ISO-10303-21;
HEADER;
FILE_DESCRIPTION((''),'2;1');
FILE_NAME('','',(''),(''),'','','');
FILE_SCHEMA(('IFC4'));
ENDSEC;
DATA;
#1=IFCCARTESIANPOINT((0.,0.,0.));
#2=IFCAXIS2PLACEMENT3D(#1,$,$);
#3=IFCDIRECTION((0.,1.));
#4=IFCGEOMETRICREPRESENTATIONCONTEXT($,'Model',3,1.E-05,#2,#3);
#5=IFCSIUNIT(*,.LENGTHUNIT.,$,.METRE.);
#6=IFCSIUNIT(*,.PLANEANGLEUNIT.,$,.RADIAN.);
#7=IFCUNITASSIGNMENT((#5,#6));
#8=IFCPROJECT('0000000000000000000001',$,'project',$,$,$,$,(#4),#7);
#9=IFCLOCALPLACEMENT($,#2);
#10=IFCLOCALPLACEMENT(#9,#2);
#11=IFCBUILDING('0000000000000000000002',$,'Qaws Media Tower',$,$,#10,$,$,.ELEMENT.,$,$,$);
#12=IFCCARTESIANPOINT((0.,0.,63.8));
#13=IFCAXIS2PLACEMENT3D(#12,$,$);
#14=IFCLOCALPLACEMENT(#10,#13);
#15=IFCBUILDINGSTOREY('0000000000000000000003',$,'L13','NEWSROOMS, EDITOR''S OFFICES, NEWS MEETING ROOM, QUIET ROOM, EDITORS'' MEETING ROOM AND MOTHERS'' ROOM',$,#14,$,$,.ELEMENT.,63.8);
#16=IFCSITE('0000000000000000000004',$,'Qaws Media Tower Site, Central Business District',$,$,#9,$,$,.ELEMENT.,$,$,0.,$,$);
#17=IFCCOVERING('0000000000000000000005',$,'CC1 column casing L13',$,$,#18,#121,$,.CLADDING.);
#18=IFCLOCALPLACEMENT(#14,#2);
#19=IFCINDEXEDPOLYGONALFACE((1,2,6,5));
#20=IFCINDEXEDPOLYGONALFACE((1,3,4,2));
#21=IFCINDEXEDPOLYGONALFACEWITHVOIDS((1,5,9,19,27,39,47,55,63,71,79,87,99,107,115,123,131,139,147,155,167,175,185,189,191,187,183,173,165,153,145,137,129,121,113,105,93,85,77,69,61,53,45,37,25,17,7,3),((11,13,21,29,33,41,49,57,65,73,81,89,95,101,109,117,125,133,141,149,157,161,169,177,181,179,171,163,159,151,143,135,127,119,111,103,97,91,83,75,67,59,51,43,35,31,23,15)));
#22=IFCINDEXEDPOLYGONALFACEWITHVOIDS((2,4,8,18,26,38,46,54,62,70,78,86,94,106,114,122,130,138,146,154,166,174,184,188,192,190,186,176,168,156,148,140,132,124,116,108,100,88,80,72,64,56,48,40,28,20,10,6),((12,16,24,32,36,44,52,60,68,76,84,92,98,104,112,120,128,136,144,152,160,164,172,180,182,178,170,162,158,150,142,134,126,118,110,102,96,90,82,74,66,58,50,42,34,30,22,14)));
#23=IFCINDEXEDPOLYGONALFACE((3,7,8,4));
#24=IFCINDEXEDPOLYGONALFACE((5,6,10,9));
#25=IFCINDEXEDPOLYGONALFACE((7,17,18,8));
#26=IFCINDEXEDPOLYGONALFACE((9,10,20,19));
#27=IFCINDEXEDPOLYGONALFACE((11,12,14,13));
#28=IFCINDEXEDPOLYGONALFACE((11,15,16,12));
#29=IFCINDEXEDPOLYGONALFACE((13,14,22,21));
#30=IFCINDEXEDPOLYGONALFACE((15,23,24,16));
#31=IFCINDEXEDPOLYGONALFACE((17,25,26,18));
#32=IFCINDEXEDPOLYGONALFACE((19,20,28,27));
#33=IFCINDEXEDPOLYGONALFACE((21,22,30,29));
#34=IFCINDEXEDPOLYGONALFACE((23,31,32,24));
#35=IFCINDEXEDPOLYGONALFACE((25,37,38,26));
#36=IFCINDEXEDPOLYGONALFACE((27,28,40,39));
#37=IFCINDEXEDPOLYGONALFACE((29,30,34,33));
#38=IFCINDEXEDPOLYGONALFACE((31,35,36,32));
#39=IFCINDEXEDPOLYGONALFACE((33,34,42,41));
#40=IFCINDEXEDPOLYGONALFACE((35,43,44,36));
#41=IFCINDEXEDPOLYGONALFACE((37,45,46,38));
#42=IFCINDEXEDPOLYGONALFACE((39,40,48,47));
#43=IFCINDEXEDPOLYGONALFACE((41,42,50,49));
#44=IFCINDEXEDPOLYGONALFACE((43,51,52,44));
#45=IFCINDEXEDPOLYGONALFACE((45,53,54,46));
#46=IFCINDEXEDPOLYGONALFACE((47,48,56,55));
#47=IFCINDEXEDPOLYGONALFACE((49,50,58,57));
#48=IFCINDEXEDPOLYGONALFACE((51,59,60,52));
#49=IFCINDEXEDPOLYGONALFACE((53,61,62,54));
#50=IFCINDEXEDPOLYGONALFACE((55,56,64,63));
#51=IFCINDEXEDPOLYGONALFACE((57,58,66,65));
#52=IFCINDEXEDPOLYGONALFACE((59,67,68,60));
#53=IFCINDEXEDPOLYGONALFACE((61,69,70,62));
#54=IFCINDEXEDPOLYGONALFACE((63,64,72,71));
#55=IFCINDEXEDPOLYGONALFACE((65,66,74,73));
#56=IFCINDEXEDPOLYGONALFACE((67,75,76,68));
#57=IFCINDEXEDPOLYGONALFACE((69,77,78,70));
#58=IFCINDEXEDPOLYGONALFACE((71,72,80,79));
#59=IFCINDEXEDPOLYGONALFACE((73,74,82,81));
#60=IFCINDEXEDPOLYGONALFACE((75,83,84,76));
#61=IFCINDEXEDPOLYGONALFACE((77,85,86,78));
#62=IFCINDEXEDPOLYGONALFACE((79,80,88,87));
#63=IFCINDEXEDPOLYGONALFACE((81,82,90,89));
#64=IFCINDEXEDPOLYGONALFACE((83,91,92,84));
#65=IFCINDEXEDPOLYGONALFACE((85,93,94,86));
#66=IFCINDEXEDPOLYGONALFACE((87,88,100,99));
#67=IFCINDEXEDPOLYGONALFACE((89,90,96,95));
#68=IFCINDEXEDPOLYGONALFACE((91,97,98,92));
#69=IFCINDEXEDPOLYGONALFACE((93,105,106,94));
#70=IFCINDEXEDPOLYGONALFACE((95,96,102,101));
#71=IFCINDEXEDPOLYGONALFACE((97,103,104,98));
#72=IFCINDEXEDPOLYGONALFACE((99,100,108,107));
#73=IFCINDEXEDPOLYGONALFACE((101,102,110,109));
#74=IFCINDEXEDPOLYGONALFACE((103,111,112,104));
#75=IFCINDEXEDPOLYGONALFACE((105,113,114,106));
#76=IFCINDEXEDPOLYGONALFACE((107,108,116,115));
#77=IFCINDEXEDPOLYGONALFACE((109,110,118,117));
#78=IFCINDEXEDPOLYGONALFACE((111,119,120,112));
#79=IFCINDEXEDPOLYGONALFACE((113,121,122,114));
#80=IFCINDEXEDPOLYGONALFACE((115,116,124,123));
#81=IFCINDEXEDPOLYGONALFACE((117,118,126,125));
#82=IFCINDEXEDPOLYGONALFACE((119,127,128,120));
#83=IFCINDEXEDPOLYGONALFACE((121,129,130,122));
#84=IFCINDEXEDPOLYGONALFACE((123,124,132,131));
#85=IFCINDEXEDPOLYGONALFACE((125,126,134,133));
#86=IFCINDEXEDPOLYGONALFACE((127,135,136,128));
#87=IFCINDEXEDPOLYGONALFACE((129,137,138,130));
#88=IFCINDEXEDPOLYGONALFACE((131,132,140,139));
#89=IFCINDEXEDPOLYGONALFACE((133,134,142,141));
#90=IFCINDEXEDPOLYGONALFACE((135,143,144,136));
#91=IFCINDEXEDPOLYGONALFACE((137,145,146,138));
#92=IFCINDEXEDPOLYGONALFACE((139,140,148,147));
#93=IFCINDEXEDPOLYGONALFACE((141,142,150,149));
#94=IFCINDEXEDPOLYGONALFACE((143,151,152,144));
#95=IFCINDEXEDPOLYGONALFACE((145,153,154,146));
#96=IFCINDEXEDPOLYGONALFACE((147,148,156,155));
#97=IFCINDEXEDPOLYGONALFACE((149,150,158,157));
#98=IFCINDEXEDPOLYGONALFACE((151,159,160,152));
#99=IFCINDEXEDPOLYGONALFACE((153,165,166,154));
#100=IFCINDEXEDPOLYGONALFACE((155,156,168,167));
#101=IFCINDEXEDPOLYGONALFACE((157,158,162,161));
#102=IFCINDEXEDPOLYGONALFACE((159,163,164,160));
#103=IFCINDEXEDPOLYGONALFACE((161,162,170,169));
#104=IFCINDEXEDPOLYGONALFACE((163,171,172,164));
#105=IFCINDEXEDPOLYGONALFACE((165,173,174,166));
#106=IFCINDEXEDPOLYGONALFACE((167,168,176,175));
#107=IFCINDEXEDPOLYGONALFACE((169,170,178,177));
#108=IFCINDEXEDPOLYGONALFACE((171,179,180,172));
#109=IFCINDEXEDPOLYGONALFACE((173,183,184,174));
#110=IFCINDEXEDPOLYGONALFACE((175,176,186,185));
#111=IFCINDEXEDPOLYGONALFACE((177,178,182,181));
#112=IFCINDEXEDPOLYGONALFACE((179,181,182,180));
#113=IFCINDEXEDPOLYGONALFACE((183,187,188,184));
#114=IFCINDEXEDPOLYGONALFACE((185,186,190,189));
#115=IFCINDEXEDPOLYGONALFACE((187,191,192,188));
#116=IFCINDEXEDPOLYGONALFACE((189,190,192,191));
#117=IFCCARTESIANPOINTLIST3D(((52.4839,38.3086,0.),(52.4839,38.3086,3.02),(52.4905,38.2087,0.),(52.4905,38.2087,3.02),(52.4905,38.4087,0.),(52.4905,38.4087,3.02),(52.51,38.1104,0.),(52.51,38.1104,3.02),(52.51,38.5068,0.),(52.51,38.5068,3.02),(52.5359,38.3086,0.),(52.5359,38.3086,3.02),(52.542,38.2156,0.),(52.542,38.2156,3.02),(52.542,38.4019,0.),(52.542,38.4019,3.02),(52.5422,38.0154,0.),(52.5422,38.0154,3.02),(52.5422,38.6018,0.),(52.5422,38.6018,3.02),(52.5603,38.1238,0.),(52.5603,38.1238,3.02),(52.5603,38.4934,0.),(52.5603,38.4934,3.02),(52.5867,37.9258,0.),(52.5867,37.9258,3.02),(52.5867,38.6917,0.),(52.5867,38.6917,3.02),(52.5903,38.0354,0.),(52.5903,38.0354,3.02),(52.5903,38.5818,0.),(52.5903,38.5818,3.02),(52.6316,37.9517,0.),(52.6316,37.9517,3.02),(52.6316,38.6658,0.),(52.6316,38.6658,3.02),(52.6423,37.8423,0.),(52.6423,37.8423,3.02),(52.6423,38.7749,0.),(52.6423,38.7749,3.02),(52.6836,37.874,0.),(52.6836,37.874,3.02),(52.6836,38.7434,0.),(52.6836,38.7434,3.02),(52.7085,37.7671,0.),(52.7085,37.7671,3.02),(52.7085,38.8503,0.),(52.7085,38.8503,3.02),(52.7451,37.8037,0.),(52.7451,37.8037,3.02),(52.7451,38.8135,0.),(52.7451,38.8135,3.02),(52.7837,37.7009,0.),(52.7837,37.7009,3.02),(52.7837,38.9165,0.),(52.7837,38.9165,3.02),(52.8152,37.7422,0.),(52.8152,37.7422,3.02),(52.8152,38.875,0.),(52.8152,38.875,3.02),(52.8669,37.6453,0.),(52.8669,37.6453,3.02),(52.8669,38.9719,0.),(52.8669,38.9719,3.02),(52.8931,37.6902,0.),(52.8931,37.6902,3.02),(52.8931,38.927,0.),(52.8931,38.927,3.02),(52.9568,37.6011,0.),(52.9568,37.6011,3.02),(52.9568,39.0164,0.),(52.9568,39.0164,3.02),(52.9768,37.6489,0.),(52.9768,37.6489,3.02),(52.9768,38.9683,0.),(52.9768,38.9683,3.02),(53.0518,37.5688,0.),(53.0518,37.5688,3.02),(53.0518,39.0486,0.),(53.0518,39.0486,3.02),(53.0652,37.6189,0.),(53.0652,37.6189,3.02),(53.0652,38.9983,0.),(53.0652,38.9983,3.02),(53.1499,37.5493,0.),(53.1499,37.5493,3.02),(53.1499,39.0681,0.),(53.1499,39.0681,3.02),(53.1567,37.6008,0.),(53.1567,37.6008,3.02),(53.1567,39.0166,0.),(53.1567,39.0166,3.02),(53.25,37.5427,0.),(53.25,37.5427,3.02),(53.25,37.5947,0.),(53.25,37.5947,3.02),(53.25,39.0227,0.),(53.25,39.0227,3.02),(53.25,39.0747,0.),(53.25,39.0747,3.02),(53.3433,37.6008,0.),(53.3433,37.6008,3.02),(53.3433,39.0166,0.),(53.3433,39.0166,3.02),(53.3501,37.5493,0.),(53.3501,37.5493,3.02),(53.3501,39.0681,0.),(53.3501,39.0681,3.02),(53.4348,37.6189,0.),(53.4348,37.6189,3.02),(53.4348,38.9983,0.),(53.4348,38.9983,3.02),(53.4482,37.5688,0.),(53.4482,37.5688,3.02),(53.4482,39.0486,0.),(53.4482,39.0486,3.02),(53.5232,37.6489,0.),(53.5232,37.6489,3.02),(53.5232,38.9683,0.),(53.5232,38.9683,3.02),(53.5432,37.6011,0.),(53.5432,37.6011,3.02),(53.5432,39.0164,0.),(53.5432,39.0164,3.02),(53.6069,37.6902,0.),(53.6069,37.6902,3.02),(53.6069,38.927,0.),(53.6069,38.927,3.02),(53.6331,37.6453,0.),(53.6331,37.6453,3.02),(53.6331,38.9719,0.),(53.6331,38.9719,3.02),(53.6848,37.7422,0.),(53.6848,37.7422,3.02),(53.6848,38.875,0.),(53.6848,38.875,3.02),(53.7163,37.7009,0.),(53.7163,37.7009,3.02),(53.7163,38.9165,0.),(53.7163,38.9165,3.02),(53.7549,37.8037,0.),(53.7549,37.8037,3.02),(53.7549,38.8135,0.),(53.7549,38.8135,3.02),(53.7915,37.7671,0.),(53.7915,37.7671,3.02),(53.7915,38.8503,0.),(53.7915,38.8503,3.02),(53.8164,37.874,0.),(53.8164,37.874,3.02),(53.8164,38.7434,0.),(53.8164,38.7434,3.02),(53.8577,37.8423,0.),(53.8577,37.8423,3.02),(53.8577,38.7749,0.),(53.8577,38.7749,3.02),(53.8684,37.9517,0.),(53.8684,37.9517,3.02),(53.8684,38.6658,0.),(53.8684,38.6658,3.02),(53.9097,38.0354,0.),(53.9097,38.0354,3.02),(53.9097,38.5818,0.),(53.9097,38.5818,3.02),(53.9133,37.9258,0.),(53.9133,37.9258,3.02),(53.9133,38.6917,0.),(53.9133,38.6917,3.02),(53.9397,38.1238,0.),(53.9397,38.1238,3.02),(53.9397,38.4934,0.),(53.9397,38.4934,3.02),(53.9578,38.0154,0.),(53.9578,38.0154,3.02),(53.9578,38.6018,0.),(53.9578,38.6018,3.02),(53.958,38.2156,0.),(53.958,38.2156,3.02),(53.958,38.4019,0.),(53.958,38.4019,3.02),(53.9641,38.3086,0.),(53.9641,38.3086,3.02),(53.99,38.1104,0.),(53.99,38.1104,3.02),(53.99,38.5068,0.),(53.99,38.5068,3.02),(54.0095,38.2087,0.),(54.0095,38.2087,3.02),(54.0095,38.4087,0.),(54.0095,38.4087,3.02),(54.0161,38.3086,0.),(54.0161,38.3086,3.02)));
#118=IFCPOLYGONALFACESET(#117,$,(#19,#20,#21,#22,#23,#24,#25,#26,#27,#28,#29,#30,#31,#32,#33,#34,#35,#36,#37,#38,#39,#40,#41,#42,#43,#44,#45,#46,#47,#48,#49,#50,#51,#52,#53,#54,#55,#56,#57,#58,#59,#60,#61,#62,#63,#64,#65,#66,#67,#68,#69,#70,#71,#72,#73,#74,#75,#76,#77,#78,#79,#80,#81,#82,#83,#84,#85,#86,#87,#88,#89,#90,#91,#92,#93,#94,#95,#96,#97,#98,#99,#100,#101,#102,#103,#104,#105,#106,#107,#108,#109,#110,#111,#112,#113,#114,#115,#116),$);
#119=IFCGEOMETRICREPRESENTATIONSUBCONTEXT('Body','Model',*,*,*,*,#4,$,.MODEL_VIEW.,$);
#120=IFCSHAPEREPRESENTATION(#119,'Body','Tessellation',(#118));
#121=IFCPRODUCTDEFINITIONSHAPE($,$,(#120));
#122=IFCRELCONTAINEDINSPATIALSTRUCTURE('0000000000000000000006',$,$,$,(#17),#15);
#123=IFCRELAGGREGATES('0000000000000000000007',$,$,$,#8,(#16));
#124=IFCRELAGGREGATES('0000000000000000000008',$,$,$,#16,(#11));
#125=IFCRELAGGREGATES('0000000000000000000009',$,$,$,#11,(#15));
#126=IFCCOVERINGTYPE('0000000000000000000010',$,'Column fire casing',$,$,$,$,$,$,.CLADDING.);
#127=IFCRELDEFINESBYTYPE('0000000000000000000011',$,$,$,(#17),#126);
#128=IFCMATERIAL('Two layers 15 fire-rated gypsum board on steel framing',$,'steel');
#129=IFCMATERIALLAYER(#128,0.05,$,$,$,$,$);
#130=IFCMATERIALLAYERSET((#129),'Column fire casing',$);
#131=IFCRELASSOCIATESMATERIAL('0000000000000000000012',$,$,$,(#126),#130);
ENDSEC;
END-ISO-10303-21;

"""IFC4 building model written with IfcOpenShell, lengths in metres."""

from ifc_helpers import new_model, si_unit, direction, frame, origin, place, context, subcontext, project, spatial, polyline, outline, extrude, material, layer, layer_set, type_object, element, save


model = new_model("IFC4")

# Units and contexts
model_context = context("Model", 3, precision=1e-05, world=origin(), true_north=direction((0.0, 1.0)))
body_context = subcontext(model_context, "Body", "Model", "MODEL_VIEW")
ifc_project = project(units=[si_unit("LENGTHUNIT", "METRE"), si_unit("PLANEANGLEUNIT", "RADIAN")], contexts=[model_context])

# Site, building, storey
site_placement = place(None, origin())
site = spatial("IfcSite", under=ifc_project, at=site_placement, Name="Qaws Media Tower Site, Central Business District", CompositionType="ELEMENT", RefElevation=0.0)
building_placement = place(site_placement, origin())
building = spatial("IfcBuilding", under=site, at=building_placement, Name="Qaws Media Tower", CompositionType="ELEMENT")
storey_placement = place(building_placement, frame((0.0, 0.0, 63.8)))
storey = spatial("IfcBuildingStorey", under=building, at=storey_placement, Name="L13", Description="NEWSROOMS, EDITOR'S OFFICES, NEWS MEETING ROOM, QUIET ROOM, EDITORS' MEETING ROOM AND MOTHERS' ROOM", CompositionType="ELEMENT", Elevation=63.8)

# Covering
ifc_material_1 = material(Name="Two layers 15 fire-rated gypsum board on steel framing", Category="steel")
ifc_layer_1 = layer(ifc_material_1, 0.05)
ifc_layer_set_1 = layer_set([ifc_layer_1], Name="Column fire casing")
covering_type = type_object("IfcCoveringType", Name="Column fire casing", PredefinedType="CLADDING", material=ifc_layer_set_1)
covering_1_placement = place(storey_placement, origin())
element("IfcCovering", 1, at=covering_1_placement, inside=storey, type_object=covering_type, Name="CC1 column casing L13", PredefinedType="CLADDING", context=body_context, shape_type="SweptSolid", body=[
    extrude(outline(polyline([(54.0161, 38.3086), (54.0095, 38.2087), (53.99, 38.1104), (53.9578, 38.0154), (53.9133, 37.9258), (53.8577, 37.8423), (53.7915, 37.7671), (53.7163, 37.7009), (53.6331, 37.6453), (53.5432, 37.6011), (53.4482, 37.5688), (53.3501, 37.5493), (53.25, 37.5427), (53.1499, 37.5493), (53.0518, 37.5688), (52.9568, 37.6011), (52.8669, 37.6453), (52.7837, 37.7009), (52.7085, 37.7671), (52.6423, 37.8423), (52.5867, 37.9258), (52.5422, 38.0154), (52.51, 38.1104), (52.4905, 38.2087), (52.4839, 38.3086), (52.4905, 38.4087), (52.51, 38.5068), (52.5422, 38.6018), (52.5867, 38.6917), (52.6423, 38.7749), (52.7085, 38.8503), (52.7837, 38.9165), (52.8669, 38.9719), (52.9568, 39.0164), (53.0518, 39.0486), (53.1499, 39.0681), (53.25, 39.0747), (53.3501, 39.0681), (53.4482, 39.0486), (53.5432, 39.0164), (53.6331, 38.9719), (53.7163, 38.9165), (53.7915, 38.8503), (53.8577, 38.7749), (53.9133, 38.6917), (53.9578, 38.6018), (53.99, 38.5068), (54.0095, 38.4087), (54.0161, 38.3086)]), holes=[polyline([(53.9641, 38.3086), (53.958, 38.2156), (53.9397, 38.1238), (53.9097, 38.0354), (53.8684, 37.9517), (53.8164, 37.874), (53.7549, 37.8037), (53.6848, 37.7422), (53.6069, 37.6902), (53.5232, 37.6489), (53.4348, 37.6189), (53.3433, 37.6008), (53.25, 37.5947), (53.1567, 37.6008), (53.0652, 37.6189), (52.9768, 37.6489), (52.8931, 37.6902), (52.8152, 37.7422), (52.7451, 37.8037), (52.6836, 37.874), (52.6316, 37.9517), (52.5903, 38.0354), (52.5603, 38.1238), (52.542, 38.2156), (52.5359, 38.3086), (52.542, 38.4019), (52.5603, 38.4934), (52.5903, 38.5818), (52.6316, 38.6658), (52.6836, 38.7434), (52.7451, 38.8135), (52.8152, 38.875), (52.8931, 38.927), (52.9768, 38.9683), (53.0652, 38.9983), (53.1567, 39.0166), (53.25, 39.0227), (53.3433, 39.0166), (53.4348, 38.9983), (53.5232, 38.9683), (53.6069, 38.927), (53.6848, 38.875), (53.7549, 38.8135), (53.8164, 38.7434), (53.8684, 38.6658), (53.9097, 38.5818), (53.9397, 38.4934), (53.958, 38.4019), (53.9641, 38.3086)])]), origin(), (0.0, 0.0, 1.0), 3.02),
])

save(model, "model.ifc")
